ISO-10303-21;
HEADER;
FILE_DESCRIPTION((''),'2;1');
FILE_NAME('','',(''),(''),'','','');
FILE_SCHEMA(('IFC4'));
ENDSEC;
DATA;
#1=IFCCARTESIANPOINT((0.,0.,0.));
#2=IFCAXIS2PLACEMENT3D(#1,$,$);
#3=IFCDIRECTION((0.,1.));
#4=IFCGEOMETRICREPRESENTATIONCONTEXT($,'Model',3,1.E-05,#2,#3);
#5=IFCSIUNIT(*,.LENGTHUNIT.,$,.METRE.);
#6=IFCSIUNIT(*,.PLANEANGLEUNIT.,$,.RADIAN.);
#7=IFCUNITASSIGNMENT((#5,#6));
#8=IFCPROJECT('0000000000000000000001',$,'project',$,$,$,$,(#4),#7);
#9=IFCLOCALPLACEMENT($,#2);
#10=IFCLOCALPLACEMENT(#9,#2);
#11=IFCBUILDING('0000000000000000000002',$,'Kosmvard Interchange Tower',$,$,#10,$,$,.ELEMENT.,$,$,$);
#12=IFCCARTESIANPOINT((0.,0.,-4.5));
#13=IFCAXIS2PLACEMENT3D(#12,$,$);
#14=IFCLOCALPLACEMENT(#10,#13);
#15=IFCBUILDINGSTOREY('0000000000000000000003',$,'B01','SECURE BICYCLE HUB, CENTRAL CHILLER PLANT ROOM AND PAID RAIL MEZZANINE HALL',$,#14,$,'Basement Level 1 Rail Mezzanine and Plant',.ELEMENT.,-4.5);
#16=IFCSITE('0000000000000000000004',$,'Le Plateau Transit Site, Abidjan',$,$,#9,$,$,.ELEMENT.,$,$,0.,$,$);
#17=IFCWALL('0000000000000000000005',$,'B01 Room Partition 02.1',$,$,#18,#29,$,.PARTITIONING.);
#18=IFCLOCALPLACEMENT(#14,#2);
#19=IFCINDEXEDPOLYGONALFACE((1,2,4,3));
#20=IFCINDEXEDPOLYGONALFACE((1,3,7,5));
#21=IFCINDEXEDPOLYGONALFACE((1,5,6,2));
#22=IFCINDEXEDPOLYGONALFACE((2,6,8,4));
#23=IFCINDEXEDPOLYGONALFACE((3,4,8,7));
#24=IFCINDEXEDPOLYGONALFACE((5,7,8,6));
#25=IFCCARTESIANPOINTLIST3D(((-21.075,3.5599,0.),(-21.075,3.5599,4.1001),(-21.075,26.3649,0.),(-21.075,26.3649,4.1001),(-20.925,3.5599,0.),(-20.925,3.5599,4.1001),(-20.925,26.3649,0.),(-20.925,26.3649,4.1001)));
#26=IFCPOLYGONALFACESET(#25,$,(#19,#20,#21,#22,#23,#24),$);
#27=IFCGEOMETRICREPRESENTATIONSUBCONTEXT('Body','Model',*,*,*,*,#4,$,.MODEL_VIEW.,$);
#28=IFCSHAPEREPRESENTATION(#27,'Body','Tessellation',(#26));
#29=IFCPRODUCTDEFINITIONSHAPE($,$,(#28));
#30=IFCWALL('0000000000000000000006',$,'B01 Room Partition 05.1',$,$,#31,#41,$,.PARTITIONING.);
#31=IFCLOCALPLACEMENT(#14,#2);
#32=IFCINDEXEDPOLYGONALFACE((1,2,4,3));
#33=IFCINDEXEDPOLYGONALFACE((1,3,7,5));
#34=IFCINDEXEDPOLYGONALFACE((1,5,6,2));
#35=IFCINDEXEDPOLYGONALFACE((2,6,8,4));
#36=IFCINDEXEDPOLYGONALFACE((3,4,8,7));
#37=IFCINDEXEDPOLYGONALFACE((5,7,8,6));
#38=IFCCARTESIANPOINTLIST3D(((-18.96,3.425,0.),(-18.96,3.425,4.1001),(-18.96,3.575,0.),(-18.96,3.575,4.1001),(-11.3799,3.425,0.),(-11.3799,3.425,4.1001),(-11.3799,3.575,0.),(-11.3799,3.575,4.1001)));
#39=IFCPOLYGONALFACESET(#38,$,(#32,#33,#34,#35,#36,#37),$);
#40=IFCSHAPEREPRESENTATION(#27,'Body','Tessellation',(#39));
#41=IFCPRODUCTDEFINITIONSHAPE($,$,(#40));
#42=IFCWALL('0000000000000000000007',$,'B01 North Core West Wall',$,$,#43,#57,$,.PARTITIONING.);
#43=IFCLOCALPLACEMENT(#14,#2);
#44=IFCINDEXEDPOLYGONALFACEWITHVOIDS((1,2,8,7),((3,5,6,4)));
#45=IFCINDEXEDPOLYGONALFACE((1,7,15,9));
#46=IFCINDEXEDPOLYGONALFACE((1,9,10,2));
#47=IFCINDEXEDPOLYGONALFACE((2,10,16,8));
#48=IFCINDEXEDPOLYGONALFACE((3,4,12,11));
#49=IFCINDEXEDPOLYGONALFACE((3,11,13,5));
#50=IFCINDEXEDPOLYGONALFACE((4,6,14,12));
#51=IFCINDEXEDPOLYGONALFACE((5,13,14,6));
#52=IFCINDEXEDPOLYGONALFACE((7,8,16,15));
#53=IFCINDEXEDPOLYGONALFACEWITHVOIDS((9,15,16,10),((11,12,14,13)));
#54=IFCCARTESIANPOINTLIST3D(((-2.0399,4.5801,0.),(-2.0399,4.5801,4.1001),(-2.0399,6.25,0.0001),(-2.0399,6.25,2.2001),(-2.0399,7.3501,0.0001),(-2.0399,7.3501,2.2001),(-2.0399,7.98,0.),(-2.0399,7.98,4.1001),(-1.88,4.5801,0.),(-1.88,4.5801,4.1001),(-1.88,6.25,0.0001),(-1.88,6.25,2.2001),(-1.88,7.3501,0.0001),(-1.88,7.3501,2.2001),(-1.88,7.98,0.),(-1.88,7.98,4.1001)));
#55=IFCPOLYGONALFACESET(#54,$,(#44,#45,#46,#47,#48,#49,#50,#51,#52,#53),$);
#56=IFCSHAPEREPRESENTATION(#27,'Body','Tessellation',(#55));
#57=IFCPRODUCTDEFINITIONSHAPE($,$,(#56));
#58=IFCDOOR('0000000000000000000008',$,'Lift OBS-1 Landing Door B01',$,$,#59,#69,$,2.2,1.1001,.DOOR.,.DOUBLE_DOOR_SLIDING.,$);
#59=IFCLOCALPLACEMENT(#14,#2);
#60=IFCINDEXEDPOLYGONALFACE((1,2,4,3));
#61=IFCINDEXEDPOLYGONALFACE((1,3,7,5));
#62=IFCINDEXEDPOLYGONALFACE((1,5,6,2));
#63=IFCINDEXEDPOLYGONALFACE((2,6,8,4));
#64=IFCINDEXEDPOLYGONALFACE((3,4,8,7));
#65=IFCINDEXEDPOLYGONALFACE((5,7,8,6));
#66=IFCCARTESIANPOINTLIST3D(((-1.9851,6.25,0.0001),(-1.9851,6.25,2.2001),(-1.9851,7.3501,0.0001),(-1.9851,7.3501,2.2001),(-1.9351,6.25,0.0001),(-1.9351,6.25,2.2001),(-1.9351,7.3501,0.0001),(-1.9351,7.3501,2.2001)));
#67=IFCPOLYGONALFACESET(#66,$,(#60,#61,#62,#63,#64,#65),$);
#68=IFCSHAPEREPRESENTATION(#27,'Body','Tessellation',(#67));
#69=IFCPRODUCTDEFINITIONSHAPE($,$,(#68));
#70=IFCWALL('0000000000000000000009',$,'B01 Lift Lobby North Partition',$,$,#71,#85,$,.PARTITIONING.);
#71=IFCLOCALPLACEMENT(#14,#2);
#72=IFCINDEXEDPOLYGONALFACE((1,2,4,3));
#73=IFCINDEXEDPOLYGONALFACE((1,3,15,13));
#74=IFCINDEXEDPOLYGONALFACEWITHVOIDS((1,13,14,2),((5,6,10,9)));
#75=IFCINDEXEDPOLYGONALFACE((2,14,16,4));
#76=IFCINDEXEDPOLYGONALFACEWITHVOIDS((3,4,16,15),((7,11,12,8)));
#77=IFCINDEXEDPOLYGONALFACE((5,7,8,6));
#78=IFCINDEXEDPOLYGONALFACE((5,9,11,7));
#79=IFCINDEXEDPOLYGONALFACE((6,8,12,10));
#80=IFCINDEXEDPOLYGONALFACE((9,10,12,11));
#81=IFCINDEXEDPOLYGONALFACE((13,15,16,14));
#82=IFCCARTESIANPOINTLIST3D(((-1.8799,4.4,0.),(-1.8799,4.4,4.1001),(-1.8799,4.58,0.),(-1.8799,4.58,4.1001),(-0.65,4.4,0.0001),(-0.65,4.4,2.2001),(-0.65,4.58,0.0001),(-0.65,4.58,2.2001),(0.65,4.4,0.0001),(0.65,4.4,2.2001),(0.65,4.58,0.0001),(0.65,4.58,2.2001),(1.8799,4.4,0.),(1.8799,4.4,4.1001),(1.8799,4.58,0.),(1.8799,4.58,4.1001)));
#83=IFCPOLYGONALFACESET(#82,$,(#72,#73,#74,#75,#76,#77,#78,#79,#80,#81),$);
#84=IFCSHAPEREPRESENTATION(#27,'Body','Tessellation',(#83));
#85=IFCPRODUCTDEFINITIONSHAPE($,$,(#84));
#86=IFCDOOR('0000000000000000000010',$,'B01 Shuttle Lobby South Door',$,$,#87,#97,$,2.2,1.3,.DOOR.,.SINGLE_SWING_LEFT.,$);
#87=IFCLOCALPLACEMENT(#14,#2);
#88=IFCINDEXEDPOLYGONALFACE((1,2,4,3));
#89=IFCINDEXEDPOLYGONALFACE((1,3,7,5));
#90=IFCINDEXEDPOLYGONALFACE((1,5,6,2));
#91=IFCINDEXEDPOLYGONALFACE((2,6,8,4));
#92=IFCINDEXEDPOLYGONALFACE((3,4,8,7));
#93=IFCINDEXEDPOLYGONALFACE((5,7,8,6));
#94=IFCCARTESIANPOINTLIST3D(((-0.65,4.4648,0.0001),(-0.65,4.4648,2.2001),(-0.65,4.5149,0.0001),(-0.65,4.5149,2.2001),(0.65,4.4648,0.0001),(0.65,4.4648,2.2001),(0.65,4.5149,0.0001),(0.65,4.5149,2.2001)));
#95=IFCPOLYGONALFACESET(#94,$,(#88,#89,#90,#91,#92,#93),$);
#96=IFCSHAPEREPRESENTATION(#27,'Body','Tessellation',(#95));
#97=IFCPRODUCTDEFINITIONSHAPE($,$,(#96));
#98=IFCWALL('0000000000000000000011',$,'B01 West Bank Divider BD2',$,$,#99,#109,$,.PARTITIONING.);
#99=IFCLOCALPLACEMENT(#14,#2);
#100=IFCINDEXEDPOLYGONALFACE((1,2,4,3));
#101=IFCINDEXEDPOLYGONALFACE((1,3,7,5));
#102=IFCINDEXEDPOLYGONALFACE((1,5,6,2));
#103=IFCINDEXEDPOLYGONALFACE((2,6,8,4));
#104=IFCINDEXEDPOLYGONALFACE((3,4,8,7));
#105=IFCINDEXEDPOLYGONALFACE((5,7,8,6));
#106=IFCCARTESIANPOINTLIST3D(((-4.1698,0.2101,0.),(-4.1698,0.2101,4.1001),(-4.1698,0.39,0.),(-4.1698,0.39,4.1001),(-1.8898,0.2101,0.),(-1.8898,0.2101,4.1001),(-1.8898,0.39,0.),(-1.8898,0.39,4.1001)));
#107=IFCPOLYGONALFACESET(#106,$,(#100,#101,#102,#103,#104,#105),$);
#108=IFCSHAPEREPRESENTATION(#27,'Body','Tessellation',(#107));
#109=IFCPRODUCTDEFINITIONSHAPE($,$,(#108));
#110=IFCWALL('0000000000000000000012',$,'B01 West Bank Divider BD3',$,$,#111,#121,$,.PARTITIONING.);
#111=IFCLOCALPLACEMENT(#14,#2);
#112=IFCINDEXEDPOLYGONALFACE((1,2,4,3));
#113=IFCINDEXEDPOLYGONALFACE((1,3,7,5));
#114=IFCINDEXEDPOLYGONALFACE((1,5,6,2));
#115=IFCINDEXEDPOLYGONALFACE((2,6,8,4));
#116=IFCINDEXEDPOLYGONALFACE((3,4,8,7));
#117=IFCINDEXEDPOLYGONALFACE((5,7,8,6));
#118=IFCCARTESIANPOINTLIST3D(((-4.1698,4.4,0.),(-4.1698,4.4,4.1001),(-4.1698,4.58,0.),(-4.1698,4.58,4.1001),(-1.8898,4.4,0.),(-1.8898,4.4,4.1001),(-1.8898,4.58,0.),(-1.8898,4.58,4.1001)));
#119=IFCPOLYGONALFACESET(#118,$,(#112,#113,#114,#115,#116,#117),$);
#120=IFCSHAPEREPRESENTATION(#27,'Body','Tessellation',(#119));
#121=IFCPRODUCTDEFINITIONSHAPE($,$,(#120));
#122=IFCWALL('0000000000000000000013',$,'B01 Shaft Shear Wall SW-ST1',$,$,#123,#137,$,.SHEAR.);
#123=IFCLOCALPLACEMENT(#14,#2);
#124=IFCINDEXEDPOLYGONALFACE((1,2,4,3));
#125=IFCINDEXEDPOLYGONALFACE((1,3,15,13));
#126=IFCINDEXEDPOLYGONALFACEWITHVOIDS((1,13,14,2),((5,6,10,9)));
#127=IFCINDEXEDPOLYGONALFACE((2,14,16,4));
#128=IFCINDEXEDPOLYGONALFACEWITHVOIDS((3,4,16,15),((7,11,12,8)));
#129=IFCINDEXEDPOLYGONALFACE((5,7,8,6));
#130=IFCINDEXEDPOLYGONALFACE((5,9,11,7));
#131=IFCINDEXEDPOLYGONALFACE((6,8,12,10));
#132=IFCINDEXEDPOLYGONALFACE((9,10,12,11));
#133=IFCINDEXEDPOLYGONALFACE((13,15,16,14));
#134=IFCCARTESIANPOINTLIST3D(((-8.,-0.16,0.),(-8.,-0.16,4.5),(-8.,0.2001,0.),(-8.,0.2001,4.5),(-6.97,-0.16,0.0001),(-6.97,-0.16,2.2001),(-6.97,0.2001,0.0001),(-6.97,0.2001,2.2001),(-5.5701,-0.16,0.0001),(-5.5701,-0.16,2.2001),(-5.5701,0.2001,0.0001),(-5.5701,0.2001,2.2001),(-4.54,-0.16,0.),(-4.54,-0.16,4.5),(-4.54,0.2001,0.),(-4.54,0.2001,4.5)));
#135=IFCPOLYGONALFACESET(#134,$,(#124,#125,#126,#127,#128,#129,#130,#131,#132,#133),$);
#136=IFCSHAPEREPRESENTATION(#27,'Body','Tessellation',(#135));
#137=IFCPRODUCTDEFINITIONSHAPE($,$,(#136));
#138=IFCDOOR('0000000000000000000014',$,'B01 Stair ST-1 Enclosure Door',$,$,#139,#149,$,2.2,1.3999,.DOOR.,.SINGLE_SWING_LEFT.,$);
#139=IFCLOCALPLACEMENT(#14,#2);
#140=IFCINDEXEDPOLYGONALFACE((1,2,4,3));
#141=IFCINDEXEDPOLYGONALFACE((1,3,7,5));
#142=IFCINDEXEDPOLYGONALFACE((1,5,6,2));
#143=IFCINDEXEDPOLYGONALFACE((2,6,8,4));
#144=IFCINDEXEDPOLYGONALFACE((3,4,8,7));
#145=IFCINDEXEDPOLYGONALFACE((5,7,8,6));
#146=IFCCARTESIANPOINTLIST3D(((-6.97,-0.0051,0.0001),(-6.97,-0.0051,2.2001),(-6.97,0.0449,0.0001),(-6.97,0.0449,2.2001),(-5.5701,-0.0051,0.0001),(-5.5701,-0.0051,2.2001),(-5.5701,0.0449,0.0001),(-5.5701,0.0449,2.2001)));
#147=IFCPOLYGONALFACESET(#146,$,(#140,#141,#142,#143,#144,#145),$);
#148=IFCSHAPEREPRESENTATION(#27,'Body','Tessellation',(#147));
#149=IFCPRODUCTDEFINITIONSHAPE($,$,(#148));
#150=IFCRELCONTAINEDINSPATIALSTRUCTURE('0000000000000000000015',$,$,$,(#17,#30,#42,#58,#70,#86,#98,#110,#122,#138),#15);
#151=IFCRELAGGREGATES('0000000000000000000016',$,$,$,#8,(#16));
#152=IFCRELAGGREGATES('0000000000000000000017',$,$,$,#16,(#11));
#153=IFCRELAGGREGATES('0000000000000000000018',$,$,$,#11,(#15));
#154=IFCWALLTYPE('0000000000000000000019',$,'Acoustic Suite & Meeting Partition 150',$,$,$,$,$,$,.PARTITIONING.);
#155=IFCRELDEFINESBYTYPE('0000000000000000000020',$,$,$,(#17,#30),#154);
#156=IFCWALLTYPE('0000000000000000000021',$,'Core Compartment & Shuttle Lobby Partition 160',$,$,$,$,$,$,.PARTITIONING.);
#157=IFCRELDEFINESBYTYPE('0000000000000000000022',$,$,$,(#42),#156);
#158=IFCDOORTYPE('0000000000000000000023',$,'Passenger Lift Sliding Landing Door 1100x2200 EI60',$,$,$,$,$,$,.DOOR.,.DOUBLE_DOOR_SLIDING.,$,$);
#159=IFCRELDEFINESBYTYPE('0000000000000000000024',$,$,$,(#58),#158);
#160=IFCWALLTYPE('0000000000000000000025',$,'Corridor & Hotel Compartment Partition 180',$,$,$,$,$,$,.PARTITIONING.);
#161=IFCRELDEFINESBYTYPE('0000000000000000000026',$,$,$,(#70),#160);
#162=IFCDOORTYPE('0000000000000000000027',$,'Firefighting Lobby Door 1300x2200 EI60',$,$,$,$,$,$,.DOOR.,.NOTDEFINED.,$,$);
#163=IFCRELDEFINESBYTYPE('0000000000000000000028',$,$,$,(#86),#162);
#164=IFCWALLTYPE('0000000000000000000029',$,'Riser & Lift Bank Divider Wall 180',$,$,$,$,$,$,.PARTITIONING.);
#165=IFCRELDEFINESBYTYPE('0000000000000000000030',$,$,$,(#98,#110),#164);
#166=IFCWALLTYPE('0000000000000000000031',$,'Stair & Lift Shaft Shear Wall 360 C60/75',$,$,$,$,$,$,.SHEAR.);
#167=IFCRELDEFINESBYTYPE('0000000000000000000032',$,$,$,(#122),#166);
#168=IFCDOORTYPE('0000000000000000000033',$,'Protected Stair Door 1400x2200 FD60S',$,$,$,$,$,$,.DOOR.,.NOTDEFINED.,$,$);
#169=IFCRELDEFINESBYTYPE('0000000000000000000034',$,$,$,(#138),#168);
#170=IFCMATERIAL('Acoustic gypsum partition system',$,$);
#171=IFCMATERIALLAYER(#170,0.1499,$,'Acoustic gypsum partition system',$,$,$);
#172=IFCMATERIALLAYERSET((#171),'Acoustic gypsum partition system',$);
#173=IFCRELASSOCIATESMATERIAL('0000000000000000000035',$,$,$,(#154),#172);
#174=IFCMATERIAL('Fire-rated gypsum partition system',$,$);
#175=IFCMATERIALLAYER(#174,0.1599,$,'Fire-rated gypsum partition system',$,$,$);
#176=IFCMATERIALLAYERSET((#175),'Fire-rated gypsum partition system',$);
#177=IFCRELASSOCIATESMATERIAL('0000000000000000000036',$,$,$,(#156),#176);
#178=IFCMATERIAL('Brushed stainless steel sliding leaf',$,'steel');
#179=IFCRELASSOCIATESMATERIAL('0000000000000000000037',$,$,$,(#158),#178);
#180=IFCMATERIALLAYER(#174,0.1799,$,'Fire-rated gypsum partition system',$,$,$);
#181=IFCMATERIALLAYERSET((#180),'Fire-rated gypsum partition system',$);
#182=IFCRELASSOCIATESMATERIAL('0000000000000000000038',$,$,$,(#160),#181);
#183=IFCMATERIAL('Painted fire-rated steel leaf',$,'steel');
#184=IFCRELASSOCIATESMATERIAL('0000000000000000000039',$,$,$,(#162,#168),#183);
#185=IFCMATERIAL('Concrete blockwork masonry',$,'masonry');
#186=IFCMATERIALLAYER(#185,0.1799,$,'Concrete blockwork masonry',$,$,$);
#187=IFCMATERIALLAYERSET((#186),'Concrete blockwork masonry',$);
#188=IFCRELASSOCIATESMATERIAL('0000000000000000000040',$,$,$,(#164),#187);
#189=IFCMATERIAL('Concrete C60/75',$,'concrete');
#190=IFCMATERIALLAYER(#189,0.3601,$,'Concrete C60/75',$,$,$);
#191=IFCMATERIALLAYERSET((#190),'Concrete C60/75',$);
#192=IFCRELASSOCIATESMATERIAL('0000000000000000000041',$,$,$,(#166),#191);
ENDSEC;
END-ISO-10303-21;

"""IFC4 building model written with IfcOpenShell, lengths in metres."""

from ifc_helpers import new_model, si_unit, direction, frame, frame_2d, origin, place, context, subcontext, project, spatial, rectangle, extrude, source, transform, mapped, material, layer, layer_set, type_object, element, fill, save


model = new_model("IFC4")

# Units and contexts
model_context = context("Model", 3, precision=1e-05, world=origin(), true_north=direction((0.0, 1.0)))
body_context = subcontext(model_context, "Body", "Model", "MODEL_VIEW")
ifc_project = project(units=[si_unit("LENGTHUNIT", "METRE"), si_unit("PLANEANGLEUNIT", "RADIAN")], contexts=[model_context])

# Site, building, storey
site_placement = place(None, origin())
site = spatial("IfcSite", under=ifc_project, at=site_placement, Name="Le Plateau Transit Site, Abidjan", CompositionType="ELEMENT", RefElevation=0.0)
building_placement = place(site_placement, origin())
building = spatial("IfcBuilding", under=site, at=building_placement, Name="Kosmvard Interchange Tower", CompositionType="ELEMENT")
storey_placement = place(building_placement, frame((0.0, 0.0, -4.5)))
storey = spatial("IfcBuildingStorey", under=building, at=storey_placement, Name="B01", Description="SECURE BICYCLE HUB, CENTRAL CHILLER PLANT ROOM AND PAID RAIL MEZZANINE HALL", LongName="Basement Level 1 Rail Mezzanine and Plant", CompositionType="ELEMENT", Elevation=-4.5)

# Walls
ifc_material_1 = material(Name="Acoustic gypsum partition system")
ifc_layer_1 = layer(ifc_material_1, 0.1499, Name="Acoustic gypsum partition system")
ifc_layer_set_1 = layer_set([ifc_layer_1], Name="Acoustic gypsum partition system")
wall_type_1 = type_object("IfcWallType", Name="Acoustic Suite & Meeting Partition 150", PredefinedType="PARTITIONING", material=ifc_layer_set_1)
wall_1_placement = place(storey_placement, frame((-21.0, 3.5601, 0.0), z_axis=(0.0, 0.0, 1.0), x_axis=(0.0, 1.0, 0.0)))
element("IfcWall", 1, at=wall_1_placement, inside=storey, type_object=wall_type_1, Name="B01 Room Partition 02.1", PredefinedType="PARTITIONING", context=body_context, shape_type="SweptSolid", body=[
    extrude(rectangle(XDim=22.8049, YDim=0.1499, at=frame_2d((11.4023, 0.0))), origin(), (0.0, 0.0, 1.0), 4.1001),
])
wall_2_placement = place(storey_placement, frame((-18.96, 3.5, 0.0), z_axis=(0.0, 0.0, 1.0), x_axis=(1.0, 0.0, 0.0)))
element("IfcWall", 2, at=wall_2_placement, inside=storey, type_object=wall_type_1, Name="B01 Room Partition 05.1", PredefinedType="PARTITIONING", context=body_context, shape_type="SweptSolid", body=[
    extrude(rectangle(XDim=7.5801, YDim=0.1499, at=frame_2d((3.79, 0.0))), origin(), (0.0, 0.0, 1.0), 4.1001),
])

# Walls, openings, doors
ifc_material_2 = material(Name="Fire-rated gypsum partition system")
ifc_layer_2 = layer(ifc_material_2, 0.1599, Name="Fire-rated gypsum partition system")
ifc_layer_set_2 = layer_set([ifc_layer_2], Name="Fire-rated gypsum partition system")
wall_type_2 = type_object("IfcWallType", Name="Core Compartment & Shuttle Lobby Partition 160", PredefinedType="PARTITIONING", material=ifc_layer_set_2)
wall_3_placement = place(storey_placement, frame((-1.96, 4.5801, 0.0), z_axis=(0.0, 0.0, 1.0), x_axis=(0.0, 1.0, 0.0)))
wall_3 = element("IfcWall", 3, at=wall_3_placement, inside=storey, type_object=wall_type_2, Name="B01 North Core West Wall", PredefinedType="PARTITIONING", context=body_context, shape_type="SweptSolid", body=[
    extrude(rectangle(XDim=3.3999, YDim=0.1599, at=frame_2d((1.7, 0.0))), origin(), (0.0, 0.0, 1.0), 4.1001),
])
opening_1_placement = place(wall_3_placement, frame((1.6699, 0.0, 0.0)))
opening_1 = element("IfcOpeningElement", 4, at=opening_1_placement, cuts=wall_3, PredefinedType="OPENING", context=body_context, shape_type="SweptSolid", body=[
    extrude(rectangle(XDim=1.1001, YDim=2.2, at=frame_2d((0.55, 1.1001))), frame((0.0, 0.0898, 0.0), z_axis=(0.0, -1.0, 0.0), x_axis=(1.0, 0.0, 0.0)), (0.0, 0.0, 1.0), 0.1799),
])
ifc_material_3 = material(Name="Brushed stainless steel sliding leaf", Category="steel")
door_type_1 = type_object("IfcDoorType", Name="Passenger Lift Sliding Landing Door 1100x2200 EI60", OperationType="DOUBLE_DOOR_SLIDING", PredefinedType="DOOR", material=ifc_material_3)
shared_shape_1 = source(origin(), body_context, "Body", "SweptSolid", [
    extrude(rectangle(XDim=1.1001, YDim=2.2, at=frame_2d((0.55, 1.1001))), frame((0.0, 0.0249, 0.0), z_axis=(0.0, -1.0, 0.0), x_axis=(1.0, 0.0, 0.0)), (0.0, 0.0, 1.0), 0.05),
])
door_1_placement = place(opening_1_placement, frame((1.1001, 0.0, 0.0), z_axis=(0.0, 0.0, 1.0), x_axis=(-1.0, 0.0, 0.0)))
door_1 = element("IfcDoor", 5, at=door_1_placement, inside=storey, type_object=door_type_1, Name="Lift OBS-1 Landing Door B01", OperationType="DOUBLE_DOOR_SLIDING", OverallHeight=2.2, OverallWidth=1.1001, PredefinedType="DOOR", context=body_context, shape_type="MappedRepresentation", body=[
    mapped(shared_shape_1, transform((0.0, 0.0, 0.0), scale=1.0)),
])
fill(opening_1, door_1)
ifc_layer_3 = layer(ifc_material_2, 0.1799, Name="Fire-rated gypsum partition system")
ifc_layer_set_3 = layer_set([ifc_layer_3], Name="Fire-rated gypsum partition system")
wall_type_3 = type_object("IfcWallType", Name="Corridor & Hotel Compartment Partition 180", PredefinedType="PARTITIONING", material=ifc_layer_set_3)
wall_4_placement = place(storey_placement, frame((-1.8799, 4.49, 0.0), z_axis=(0.0, 0.0, 1.0), x_axis=(1.0, 0.0, 0.0)))
wall_4 = element("IfcWall", 6, at=wall_4_placement, inside=storey, type_object=wall_type_3, Name="B01 Lift Lobby North Partition", PredefinedType="PARTITIONING", context=body_context, shape_type="SweptSolid", body=[
    extrude(rectangle(XDim=3.7598, YDim=0.1799, at=frame_2d((1.8799, 0.0))), origin(), (0.0, 0.0, 1.0), 4.1001),
])
opening_2_placement = place(wall_4_placement, frame((1.23, 0.0, 0.0)))
opening_2 = element("IfcOpeningElement", 7, at=opening_2_placement, cuts=wall_4, PredefinedType="OPENING", context=body_context, shape_type="SweptSolid", body=[
    extrude(rectangle(XDim=1.3, YDim=2.2, at=frame_2d((0.6499, 1.1001))), frame((0.0, 0.1001, 0.0), z_axis=(0.0, -1.0, 0.0), x_axis=(1.0, 0.0, 0.0)), (0.0, 0.0, 1.0), 0.2),
])
ifc_material_4 = material(Name="Painted fire-rated steel leaf", Category="steel")
door_type_2 = type_object("IfcDoorType", Name="Firefighting Lobby Door 1300x2200 EI60", OperationType="NOTDEFINED", PredefinedType="DOOR", material=ifc_material_4)
shared_shape_2 = source(origin(), body_context, "Body", "SweptSolid", [
    extrude(rectangle(XDim=1.3, YDim=2.2, at=frame_2d((0.6499, 1.1001))), frame((0.0, 0.0249, 0.0), z_axis=(0.0, -1.0, 0.0), x_axis=(1.0, 0.0, 0.0)), (0.0, 0.0, 1.0), 0.05),
])
door_2_placement = place(opening_2_placement, origin())
door_2 = element("IfcDoor", 8, at=door_2_placement, inside=storey, type_object=door_type_2, Name="B01 Shuttle Lobby South Door", OperationType="SINGLE_SWING_LEFT", OverallHeight=2.2, OverallWidth=1.3, PredefinedType="DOOR", context=body_context, shape_type="MappedRepresentation", body=[
    mapped(shared_shape_2, transform((0.0, 0.0, 0.0), scale=1.0)),
])
fill(opening_2, door_2)

# Walls
ifc_material_5 = material(Name="Concrete blockwork masonry", Category="masonry")
ifc_layer_4 = layer(ifc_material_5, 0.1799, Name="Concrete blockwork masonry")
ifc_layer_set_4 = layer_set([ifc_layer_4], Name="Concrete blockwork masonry")
wall_type_4 = type_object("IfcWallType", Name="Riser & Lift Bank Divider Wall 180", PredefinedType="PARTITIONING", material=ifc_layer_set_4)
for number, where, z_axis, x_axis, name in (
    (9, (-4.1699, 0.3, 0.0), (0.0, 0.0, 1.0), (1.0, 0.0, 0.0), "B01 West Bank Divider BD2"),
    (10, (-4.1699, 4.49, 0.0), (0.0, 0.0, 1.0), (1.0, 0.0, 0.0), "B01 West Bank Divider BD3"),
):
    element("IfcWall", number, at=place(storey_placement, frame(where, z_axis=z_axis, x_axis=x_axis)), inside=storey, type_object=wall_type_4, Name=name, PredefinedType="PARTITIONING", context=body_context, shape_type="SweptSolid", body=[
        extrude(rectangle(XDim=2.28, YDim=0.1799, at=frame_2d((1.1401, 0.0))), origin(), (0.0, 0.0, 1.0), 4.1001),
    ])

# Wall, opening, door
ifc_material_6 = material(Name="Concrete C60/75", Category="concrete")
ifc_layer_5 = layer(ifc_material_6, 0.3601, Name="Concrete C60/75")
ifc_layer_set_5 = layer_set([ifc_layer_5], Name="Concrete C60/75")
wall_type_5 = type_object("IfcWallType", Name="Stair & Lift Shaft Shear Wall 360 C60/75", PredefinedType="SHEAR", material=ifc_layer_set_5)
wall_5_placement = place(storey_placement, frame((-8.0, 0.02, 0.0), z_axis=(0.0, 0.0, 1.0), x_axis=(1.0, 0.0, 0.0)))
wall_5 = element("IfcWall", 11, at=wall_5_placement, inside=storey, type_object=wall_type_5, Name="B01 Shaft Shear Wall SW-ST1", PredefinedType="SHEAR", context=body_context, shape_type="SweptSolid", body=[
    extrude(rectangle(XDim=3.46, YDim=0.3601, at=frame_2d((1.73, 0.0))), origin(), (0.0, 0.0, 1.0), 4.5),
])
opening_3_placement = place(wall_5_placement, frame((1.03, 0.0, 0.0)))
opening_3 = element("IfcOpeningElement", 12, at=opening_3_placement, cuts=wall_5, PredefinedType="OPENING", context=body_context, shape_type="SweptSolid", body=[
    extrude(rectangle(XDim=1.3999, YDim=2.2, at=frame_2d((0.7, 1.1001))), frame((0.0, 0.1899, 0.0), z_axis=(0.0, -1.0, 0.0), x_axis=(1.0, 0.0, 0.0)), (0.0, 0.0, 1.0), 0.3801),
])
door_type_3 = type_object("IfcDoorType", Name="Protected Stair Door 1400x2200 FD60S", OperationType="NOTDEFINED", PredefinedType="DOOR", material=ifc_material_4)
shared_shape_3 = source(origin(), body_context, "Body", "SweptSolid", [
    extrude(rectangle(XDim=1.3999, YDim=2.2, at=frame_2d((0.7, 1.1001))), frame((0.0, 0.0249, 0.0), z_axis=(0.0, -1.0, 0.0), x_axis=(1.0, 0.0, 0.0)), (0.0, 0.0, 1.0), 0.05),
])
door_3_placement = place(opening_3_placement, origin())
door_3 = element("IfcDoor", 13, at=door_3_placement, inside=storey, type_object=door_type_3, Name="B01 Stair ST-1 Enclosure Door", OperationType="SINGLE_SWING_LEFT", OverallHeight=2.2, OverallWidth=1.3999, PredefinedType="DOOR", context=body_context, shape_type="MappedRepresentation", body=[
    mapped(shared_shape_3, transform((0.0, 0.0, 0.0), scale=1.0)),
])
fill(opening_3, door_3)

save(model, "model.ifc")
